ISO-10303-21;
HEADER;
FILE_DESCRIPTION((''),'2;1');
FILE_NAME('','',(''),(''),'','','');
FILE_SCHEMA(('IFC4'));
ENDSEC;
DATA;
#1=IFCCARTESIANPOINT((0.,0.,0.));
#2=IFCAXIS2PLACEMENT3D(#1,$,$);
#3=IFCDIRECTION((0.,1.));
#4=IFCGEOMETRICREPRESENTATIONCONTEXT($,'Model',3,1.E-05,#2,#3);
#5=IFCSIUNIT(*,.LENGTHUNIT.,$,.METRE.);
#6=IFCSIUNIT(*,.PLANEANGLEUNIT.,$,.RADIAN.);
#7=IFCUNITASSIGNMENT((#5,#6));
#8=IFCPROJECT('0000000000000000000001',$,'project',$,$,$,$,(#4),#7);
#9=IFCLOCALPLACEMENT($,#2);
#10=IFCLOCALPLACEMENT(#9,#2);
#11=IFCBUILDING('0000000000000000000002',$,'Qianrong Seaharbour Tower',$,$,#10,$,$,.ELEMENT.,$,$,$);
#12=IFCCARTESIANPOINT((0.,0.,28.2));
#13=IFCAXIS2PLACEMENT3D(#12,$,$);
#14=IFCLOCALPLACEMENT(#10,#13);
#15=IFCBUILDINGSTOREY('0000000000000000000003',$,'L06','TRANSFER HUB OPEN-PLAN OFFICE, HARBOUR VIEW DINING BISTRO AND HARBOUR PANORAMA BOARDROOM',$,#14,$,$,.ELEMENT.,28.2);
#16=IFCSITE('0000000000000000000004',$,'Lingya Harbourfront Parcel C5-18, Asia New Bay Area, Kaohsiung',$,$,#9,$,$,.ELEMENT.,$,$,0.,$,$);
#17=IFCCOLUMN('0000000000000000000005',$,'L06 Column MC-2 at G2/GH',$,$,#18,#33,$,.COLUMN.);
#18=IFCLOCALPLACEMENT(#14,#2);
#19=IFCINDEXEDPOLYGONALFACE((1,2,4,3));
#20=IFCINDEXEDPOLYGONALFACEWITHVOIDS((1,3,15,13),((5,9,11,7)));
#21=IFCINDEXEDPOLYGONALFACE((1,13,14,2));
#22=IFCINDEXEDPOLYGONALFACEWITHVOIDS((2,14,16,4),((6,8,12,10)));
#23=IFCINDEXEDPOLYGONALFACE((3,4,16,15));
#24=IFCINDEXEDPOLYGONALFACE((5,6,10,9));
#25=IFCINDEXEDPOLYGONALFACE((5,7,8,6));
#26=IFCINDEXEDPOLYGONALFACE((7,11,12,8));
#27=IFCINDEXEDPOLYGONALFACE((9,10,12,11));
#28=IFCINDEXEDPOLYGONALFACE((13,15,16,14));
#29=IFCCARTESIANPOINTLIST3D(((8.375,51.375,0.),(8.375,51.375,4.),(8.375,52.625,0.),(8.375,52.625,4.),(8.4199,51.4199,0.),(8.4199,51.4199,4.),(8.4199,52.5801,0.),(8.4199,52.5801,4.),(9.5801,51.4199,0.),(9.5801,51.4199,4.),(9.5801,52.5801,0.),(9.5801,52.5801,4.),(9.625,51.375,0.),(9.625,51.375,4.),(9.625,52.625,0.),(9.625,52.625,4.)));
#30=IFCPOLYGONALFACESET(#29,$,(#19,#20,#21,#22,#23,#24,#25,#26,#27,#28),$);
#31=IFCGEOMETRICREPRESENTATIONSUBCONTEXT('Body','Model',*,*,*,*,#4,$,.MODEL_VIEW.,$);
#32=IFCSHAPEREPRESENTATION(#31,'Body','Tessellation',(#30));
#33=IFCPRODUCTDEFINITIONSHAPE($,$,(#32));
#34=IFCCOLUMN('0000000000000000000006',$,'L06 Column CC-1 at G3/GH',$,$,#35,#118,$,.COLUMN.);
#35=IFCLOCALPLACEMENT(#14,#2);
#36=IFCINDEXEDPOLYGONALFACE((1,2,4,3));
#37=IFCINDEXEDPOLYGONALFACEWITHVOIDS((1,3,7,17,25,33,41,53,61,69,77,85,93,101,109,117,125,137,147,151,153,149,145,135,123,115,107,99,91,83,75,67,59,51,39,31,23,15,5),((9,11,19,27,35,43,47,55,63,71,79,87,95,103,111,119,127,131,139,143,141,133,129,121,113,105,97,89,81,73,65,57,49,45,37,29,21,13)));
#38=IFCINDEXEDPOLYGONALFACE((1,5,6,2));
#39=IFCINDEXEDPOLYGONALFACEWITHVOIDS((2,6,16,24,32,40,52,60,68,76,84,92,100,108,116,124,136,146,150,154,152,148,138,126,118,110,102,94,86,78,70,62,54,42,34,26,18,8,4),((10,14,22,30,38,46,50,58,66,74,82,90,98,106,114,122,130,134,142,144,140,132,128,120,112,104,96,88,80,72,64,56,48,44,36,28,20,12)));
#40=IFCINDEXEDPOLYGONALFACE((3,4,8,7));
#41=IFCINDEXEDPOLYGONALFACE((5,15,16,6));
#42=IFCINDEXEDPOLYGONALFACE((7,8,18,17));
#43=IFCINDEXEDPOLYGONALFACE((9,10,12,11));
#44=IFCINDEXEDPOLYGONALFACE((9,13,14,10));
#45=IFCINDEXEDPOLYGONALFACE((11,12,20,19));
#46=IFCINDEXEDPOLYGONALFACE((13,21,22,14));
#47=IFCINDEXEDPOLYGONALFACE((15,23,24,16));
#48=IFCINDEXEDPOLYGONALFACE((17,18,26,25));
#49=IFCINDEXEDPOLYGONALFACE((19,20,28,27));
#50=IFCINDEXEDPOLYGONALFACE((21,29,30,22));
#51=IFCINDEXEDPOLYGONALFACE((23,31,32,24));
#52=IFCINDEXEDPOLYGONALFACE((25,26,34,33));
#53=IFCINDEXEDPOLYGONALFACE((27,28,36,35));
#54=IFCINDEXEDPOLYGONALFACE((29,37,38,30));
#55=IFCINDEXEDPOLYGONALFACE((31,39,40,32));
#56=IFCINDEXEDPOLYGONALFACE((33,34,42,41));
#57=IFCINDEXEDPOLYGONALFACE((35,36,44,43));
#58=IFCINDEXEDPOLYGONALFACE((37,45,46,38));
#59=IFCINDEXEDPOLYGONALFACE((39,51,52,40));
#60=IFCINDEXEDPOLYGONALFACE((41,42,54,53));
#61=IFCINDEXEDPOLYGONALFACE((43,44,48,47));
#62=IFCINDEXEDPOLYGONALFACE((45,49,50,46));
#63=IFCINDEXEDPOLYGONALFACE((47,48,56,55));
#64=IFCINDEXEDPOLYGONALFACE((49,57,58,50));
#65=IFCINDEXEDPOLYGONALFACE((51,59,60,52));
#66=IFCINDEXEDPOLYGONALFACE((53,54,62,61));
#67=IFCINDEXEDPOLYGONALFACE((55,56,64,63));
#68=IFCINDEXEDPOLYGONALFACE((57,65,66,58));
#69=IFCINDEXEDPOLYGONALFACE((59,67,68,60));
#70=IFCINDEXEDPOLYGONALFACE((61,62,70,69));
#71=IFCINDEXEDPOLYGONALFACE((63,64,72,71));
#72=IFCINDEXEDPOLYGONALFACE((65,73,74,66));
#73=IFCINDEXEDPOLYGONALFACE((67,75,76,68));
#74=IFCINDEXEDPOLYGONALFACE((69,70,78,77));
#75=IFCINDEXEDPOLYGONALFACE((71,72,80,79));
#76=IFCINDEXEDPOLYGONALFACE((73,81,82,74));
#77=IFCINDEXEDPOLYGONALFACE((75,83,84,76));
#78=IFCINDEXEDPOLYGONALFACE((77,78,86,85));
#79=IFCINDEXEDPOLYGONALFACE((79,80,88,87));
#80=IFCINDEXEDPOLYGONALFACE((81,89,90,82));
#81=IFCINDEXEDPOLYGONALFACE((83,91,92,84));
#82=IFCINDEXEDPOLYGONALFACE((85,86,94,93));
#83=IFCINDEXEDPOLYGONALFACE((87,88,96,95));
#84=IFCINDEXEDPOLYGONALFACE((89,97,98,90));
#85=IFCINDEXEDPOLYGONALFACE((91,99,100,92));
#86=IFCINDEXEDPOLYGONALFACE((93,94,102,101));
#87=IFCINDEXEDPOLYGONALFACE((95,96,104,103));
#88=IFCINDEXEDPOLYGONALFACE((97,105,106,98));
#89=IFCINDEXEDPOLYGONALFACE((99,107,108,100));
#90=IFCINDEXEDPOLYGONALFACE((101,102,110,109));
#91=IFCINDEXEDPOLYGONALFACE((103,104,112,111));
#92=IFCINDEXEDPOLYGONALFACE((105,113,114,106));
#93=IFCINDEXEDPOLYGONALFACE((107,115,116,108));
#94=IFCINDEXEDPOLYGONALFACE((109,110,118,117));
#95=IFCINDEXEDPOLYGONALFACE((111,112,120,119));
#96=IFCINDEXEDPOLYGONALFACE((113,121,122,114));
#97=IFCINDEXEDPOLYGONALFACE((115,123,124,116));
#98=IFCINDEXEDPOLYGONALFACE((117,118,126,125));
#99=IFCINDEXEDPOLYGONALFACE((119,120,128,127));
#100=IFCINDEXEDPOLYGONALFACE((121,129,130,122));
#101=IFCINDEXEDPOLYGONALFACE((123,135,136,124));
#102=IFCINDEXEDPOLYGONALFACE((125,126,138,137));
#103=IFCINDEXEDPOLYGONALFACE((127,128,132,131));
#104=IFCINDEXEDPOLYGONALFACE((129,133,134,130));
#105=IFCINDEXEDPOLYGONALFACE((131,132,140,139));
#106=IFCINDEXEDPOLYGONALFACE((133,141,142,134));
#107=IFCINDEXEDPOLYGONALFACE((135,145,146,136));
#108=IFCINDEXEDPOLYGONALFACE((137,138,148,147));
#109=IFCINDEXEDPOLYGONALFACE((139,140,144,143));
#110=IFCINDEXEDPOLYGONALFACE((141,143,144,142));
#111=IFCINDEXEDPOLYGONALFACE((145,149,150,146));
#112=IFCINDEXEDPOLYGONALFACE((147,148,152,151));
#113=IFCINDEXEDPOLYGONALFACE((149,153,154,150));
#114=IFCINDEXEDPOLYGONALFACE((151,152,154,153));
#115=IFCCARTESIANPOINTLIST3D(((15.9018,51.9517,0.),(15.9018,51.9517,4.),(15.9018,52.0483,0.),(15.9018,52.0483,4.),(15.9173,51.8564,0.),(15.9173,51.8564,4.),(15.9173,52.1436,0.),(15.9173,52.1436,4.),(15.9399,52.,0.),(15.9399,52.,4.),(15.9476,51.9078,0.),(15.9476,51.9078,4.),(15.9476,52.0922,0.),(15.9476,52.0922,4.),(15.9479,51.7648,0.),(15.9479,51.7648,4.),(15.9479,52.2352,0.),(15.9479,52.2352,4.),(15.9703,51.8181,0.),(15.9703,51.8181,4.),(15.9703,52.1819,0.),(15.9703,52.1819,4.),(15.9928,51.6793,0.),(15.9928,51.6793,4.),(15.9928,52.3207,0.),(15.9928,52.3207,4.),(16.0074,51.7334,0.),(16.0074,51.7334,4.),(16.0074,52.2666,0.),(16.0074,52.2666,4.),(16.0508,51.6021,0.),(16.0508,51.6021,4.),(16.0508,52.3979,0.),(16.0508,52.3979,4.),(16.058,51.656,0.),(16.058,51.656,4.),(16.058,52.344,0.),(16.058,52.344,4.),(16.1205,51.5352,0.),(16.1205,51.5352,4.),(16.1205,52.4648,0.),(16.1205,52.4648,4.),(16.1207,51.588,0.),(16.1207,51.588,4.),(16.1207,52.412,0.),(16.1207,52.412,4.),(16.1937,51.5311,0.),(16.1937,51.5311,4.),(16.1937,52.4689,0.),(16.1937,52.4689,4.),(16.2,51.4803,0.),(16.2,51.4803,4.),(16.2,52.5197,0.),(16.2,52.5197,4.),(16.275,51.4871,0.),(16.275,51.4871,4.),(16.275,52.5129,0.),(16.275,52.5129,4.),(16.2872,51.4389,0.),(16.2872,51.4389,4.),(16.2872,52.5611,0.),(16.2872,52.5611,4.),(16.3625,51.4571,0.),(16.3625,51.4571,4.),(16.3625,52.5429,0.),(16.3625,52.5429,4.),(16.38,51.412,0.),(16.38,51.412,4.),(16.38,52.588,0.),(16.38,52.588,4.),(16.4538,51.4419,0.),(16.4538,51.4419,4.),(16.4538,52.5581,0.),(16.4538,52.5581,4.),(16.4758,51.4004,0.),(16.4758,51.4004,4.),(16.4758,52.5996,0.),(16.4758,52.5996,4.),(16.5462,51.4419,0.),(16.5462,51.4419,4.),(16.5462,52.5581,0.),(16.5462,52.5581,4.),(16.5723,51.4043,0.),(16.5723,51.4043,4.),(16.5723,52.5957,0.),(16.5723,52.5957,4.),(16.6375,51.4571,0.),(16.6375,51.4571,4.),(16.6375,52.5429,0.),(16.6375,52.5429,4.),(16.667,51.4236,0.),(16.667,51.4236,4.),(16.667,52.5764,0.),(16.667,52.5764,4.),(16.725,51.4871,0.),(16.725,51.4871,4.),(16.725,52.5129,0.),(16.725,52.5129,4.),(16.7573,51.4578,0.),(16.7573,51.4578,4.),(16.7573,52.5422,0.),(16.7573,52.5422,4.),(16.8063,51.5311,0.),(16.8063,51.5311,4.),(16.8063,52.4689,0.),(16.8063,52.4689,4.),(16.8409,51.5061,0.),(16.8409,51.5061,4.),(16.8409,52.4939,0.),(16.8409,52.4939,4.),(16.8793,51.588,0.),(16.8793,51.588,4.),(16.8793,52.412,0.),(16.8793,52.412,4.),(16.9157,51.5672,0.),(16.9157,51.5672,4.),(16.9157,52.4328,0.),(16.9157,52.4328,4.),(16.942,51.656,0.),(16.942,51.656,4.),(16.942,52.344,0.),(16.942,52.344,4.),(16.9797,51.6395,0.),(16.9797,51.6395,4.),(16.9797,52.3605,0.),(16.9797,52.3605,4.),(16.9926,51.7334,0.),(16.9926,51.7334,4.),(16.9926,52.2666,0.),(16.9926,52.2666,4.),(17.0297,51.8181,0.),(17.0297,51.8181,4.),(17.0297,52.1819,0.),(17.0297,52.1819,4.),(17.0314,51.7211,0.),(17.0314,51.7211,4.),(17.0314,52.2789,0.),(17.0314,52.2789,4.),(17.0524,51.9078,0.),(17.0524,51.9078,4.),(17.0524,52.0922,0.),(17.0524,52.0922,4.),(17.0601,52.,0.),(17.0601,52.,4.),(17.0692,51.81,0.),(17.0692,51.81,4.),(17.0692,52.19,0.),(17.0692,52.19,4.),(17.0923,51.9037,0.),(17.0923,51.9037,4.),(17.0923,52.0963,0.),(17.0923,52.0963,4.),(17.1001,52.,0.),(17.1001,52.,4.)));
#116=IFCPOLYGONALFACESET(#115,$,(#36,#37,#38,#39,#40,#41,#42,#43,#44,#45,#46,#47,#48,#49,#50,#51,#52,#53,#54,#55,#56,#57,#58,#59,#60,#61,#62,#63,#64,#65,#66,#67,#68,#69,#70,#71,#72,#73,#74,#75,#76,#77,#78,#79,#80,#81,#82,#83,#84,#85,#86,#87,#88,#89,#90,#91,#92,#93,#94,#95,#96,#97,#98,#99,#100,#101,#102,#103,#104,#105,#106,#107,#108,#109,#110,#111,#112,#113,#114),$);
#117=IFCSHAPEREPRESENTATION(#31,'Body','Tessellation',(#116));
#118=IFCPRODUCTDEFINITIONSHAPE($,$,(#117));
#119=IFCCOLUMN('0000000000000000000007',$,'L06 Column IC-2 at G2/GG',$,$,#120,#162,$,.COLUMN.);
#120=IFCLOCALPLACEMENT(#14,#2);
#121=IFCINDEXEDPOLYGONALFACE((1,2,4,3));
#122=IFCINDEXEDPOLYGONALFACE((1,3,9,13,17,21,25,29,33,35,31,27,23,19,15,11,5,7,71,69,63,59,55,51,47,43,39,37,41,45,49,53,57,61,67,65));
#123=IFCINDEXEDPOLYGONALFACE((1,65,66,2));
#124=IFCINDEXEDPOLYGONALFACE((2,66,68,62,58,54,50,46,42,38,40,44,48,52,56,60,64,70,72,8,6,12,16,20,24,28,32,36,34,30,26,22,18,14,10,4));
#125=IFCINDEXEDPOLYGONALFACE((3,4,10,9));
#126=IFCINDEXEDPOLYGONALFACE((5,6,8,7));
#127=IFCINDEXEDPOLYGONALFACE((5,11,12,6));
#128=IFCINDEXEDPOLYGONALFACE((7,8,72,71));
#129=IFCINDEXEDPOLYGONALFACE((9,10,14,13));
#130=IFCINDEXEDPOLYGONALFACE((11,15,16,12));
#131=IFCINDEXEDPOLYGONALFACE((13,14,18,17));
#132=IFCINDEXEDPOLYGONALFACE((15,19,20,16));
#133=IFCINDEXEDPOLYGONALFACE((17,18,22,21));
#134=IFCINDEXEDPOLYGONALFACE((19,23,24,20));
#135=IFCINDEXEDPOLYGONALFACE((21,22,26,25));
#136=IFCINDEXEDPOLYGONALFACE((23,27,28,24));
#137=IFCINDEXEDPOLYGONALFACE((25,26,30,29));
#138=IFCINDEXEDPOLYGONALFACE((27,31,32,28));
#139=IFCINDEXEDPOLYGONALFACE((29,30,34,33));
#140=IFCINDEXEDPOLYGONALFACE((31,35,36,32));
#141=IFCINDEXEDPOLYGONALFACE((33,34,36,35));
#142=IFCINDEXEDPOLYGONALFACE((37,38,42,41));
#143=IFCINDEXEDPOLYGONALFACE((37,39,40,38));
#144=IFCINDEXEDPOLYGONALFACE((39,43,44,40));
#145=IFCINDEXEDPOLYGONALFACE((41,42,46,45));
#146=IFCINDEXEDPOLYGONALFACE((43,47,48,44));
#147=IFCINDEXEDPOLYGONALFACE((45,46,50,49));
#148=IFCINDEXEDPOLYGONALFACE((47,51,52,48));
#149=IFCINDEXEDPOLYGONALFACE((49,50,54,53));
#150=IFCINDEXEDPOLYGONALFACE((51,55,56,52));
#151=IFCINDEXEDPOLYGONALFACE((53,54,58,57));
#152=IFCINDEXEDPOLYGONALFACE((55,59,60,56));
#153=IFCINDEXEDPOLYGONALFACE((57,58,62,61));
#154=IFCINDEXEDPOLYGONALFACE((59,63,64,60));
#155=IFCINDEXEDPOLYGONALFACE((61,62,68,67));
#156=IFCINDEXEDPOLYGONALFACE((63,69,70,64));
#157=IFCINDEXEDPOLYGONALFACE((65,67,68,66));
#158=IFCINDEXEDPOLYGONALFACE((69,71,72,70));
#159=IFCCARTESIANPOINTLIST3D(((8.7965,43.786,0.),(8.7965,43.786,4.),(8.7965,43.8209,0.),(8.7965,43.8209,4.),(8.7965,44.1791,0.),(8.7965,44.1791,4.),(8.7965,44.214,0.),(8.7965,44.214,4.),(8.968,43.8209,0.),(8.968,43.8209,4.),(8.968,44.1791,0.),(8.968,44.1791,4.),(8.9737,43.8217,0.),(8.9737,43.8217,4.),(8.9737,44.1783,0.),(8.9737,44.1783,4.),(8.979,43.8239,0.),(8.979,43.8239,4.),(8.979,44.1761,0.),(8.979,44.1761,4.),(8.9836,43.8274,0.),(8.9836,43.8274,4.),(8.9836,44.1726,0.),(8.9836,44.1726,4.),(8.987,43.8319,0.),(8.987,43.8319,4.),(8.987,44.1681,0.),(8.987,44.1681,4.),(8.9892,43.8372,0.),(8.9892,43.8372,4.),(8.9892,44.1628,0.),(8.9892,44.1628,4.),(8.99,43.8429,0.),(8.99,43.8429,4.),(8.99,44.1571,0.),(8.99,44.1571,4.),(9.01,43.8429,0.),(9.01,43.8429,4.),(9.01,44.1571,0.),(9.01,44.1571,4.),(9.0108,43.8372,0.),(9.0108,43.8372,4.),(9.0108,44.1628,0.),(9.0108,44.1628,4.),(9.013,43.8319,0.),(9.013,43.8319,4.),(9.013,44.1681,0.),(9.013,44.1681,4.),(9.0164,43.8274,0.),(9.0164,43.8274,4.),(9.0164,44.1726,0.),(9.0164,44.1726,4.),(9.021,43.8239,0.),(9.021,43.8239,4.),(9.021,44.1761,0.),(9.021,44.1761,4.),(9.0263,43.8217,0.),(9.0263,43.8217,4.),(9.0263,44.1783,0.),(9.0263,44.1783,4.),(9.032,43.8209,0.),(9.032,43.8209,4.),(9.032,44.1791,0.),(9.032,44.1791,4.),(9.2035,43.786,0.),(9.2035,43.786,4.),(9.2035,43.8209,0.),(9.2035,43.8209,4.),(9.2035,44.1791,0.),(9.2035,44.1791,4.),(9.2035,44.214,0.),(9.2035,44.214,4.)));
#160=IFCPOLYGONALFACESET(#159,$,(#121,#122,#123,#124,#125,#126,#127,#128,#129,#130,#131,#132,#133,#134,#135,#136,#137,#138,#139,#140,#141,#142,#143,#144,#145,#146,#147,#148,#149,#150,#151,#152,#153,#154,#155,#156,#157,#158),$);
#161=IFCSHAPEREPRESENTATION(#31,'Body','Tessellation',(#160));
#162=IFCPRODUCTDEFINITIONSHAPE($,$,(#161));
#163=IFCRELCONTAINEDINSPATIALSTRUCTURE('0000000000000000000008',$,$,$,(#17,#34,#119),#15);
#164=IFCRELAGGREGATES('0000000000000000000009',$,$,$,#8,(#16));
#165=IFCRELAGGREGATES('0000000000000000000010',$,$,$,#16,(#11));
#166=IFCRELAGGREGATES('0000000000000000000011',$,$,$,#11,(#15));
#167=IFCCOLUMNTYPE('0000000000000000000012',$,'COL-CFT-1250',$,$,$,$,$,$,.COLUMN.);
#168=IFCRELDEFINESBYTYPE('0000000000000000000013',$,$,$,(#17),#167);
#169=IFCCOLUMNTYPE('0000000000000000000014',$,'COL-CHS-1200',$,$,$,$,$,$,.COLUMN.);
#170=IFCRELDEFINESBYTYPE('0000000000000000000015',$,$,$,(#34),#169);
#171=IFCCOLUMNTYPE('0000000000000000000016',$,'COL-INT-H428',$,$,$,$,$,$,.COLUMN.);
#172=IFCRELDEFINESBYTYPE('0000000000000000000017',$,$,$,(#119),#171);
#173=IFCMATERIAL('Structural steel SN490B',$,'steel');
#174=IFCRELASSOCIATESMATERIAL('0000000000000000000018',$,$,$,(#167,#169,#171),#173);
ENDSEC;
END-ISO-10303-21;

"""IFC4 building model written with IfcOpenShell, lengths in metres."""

from ifc_helpers import new_model, si_unit, direction, frame, origin, origin_2d, place, context, subcontext, project, spatial, hollow_rectangle, hollow_circle, i_section, extrude, material, material_profile, profile_set, type_object, element, save


model = new_model("IFC4")

# Units and contexts
model_context = context("Model", 3, precision=1e-05, world=origin(), true_north=direction((0.0, 1.0)))
body_context = subcontext(model_context, "Body", "Model", "MODEL_VIEW")
ifc_project = project(units=[si_unit("LENGTHUNIT", "METRE"), si_unit("PLANEANGLEUNIT", "RADIAN")], contexts=[model_context])

# Site, building, storey
site_placement = place(None, origin())
site = spatial("IfcSite", under=ifc_project, at=site_placement, Name="Lingya Harbourfront Parcel C5-18, Asia New Bay Area, Kaohsiung", CompositionType="ELEMENT", RefElevation=0.0)
building_placement = place(site_placement, origin())
building = spatial("IfcBuilding", under=site, at=building_placement, Name="Qianrong Seaharbour Tower", CompositionType="ELEMENT")
storey_placement = place(building_placement, frame((0.0, 0.0, 28.2)))
storey = spatial("IfcBuildingStorey", under=building, at=storey_placement, Name="L06", Description="TRANSFER HUB OPEN-PLAN OFFICE, HARBOUR VIEW DINING BISTRO AND HARBOUR PANORAMA BOARDROOM", CompositionType="ELEMENT", Elevation=28.2)

# Columns
ifc_material_1 = material(Name="Structural steel SN490B", Category="steel")
ifc_material_profile_1 = material_profile(ifc_material_1, hollow_rectangle(XDim=1.25, YDim=1.25, WallThickness=0.0449, at=origin_2d()), Name="BOX1250x1250x45")
ifc_profile_set_1 = profile_set([ifc_material_profile_1], Name="Structural steel SN490B")
column_type_1 = type_object("IfcColumnType", Name="COL-CFT-1250", PredefinedType="COLUMN", material=ifc_profile_set_1)
column_1_placement = place(storey_placement, frame((9.0, 52.0, 0.0), z_axis=(0.0, 0.0, 1.0), x_axis=(1.0, 0.0, 0.0)))
element("IfcColumn", 1, at=column_1_placement, inside=storey, type_object=column_type_1, Name="L06 Column MC-2 at G2/GH", PredefinedType="COLUMN", context=body_context, shape_type="SweptSolid", body=[
    extrude(hollow_rectangle(XDim=1.25, YDim=1.25, WallThickness=0.0449, at=origin_2d()), origin(), (0.0, 0.0, 1.0), 4.0),
])
ifc_material_profile_2 = material_profile(ifc_material_1, hollow_circle(Radius=0.6001, WallThickness=0.04, at=origin_2d()), Name="CHS1200x40")
ifc_profile_set_2 = profile_set([ifc_material_profile_2], Name="Structural steel SN490B")
column_type_2 = type_object("IfcColumnType", Name="COL-CHS-1200", PredefinedType="COLUMN", material=ifc_profile_set_2)
column_2_placement = place(storey_placement, frame((16.5, 52.0, 0.0), z_axis=(0.0, 0.0, 1.0), x_axis=(1.0, 0.0, 0.0)))
element("IfcColumn", 2, at=column_2_placement, inside=storey, type_object=column_type_2, Name="L06 Column CC-1 at G3/GH", PredefinedType="COLUMN", context=body_context, shape_type="SweptSolid", body=[
    extrude(hollow_circle(Radius=0.6001, WallThickness=0.04, at=origin_2d()), origin(), (0.0, 0.0, 1.0), 4.0),
])
ifc_material_profile_3 = material_profile(ifc_material_1, i_section(OverallWidth=0.407, OverallDepth=0.428, WebThickness=0.02, FlangeThickness=0.0349, FilletRadius=0.022, at=origin_2d()), Name="H428x407x20x35")
ifc_profile_set_3 = profile_set([ifc_material_profile_3], Name="Structural steel SN490B")
column_type_3 = type_object("IfcColumnType", Name="COL-INT-H428", PredefinedType="COLUMN", material=ifc_profile_set_3)
for number, where, z_axis, x_axis, name in (
    (3, (9.0, 44.0, 0.0), (0.0, 0.0, 1.0), (1.0, 0.0, 0.0), "L06 Column IC-2 at G2/GG"),
):
    element("IfcColumn", number, at=place(storey_placement, frame(where, z_axis=z_axis, x_axis=x_axis)), inside=storey, type_object=column_type_3, Name=name, PredefinedType="COLUMN", context=body_context, shape_type="SweptSolid", body=[
        extrude(i_section(OverallWidth=0.407, OverallDepth=0.428, WebThickness=0.02, FlangeThickness=0.0349, FilletRadius=0.022, at=origin_2d()), origin(), (0.0, 0.0, 1.0), 4.0),
    ])

save(model, "model.ifc")
